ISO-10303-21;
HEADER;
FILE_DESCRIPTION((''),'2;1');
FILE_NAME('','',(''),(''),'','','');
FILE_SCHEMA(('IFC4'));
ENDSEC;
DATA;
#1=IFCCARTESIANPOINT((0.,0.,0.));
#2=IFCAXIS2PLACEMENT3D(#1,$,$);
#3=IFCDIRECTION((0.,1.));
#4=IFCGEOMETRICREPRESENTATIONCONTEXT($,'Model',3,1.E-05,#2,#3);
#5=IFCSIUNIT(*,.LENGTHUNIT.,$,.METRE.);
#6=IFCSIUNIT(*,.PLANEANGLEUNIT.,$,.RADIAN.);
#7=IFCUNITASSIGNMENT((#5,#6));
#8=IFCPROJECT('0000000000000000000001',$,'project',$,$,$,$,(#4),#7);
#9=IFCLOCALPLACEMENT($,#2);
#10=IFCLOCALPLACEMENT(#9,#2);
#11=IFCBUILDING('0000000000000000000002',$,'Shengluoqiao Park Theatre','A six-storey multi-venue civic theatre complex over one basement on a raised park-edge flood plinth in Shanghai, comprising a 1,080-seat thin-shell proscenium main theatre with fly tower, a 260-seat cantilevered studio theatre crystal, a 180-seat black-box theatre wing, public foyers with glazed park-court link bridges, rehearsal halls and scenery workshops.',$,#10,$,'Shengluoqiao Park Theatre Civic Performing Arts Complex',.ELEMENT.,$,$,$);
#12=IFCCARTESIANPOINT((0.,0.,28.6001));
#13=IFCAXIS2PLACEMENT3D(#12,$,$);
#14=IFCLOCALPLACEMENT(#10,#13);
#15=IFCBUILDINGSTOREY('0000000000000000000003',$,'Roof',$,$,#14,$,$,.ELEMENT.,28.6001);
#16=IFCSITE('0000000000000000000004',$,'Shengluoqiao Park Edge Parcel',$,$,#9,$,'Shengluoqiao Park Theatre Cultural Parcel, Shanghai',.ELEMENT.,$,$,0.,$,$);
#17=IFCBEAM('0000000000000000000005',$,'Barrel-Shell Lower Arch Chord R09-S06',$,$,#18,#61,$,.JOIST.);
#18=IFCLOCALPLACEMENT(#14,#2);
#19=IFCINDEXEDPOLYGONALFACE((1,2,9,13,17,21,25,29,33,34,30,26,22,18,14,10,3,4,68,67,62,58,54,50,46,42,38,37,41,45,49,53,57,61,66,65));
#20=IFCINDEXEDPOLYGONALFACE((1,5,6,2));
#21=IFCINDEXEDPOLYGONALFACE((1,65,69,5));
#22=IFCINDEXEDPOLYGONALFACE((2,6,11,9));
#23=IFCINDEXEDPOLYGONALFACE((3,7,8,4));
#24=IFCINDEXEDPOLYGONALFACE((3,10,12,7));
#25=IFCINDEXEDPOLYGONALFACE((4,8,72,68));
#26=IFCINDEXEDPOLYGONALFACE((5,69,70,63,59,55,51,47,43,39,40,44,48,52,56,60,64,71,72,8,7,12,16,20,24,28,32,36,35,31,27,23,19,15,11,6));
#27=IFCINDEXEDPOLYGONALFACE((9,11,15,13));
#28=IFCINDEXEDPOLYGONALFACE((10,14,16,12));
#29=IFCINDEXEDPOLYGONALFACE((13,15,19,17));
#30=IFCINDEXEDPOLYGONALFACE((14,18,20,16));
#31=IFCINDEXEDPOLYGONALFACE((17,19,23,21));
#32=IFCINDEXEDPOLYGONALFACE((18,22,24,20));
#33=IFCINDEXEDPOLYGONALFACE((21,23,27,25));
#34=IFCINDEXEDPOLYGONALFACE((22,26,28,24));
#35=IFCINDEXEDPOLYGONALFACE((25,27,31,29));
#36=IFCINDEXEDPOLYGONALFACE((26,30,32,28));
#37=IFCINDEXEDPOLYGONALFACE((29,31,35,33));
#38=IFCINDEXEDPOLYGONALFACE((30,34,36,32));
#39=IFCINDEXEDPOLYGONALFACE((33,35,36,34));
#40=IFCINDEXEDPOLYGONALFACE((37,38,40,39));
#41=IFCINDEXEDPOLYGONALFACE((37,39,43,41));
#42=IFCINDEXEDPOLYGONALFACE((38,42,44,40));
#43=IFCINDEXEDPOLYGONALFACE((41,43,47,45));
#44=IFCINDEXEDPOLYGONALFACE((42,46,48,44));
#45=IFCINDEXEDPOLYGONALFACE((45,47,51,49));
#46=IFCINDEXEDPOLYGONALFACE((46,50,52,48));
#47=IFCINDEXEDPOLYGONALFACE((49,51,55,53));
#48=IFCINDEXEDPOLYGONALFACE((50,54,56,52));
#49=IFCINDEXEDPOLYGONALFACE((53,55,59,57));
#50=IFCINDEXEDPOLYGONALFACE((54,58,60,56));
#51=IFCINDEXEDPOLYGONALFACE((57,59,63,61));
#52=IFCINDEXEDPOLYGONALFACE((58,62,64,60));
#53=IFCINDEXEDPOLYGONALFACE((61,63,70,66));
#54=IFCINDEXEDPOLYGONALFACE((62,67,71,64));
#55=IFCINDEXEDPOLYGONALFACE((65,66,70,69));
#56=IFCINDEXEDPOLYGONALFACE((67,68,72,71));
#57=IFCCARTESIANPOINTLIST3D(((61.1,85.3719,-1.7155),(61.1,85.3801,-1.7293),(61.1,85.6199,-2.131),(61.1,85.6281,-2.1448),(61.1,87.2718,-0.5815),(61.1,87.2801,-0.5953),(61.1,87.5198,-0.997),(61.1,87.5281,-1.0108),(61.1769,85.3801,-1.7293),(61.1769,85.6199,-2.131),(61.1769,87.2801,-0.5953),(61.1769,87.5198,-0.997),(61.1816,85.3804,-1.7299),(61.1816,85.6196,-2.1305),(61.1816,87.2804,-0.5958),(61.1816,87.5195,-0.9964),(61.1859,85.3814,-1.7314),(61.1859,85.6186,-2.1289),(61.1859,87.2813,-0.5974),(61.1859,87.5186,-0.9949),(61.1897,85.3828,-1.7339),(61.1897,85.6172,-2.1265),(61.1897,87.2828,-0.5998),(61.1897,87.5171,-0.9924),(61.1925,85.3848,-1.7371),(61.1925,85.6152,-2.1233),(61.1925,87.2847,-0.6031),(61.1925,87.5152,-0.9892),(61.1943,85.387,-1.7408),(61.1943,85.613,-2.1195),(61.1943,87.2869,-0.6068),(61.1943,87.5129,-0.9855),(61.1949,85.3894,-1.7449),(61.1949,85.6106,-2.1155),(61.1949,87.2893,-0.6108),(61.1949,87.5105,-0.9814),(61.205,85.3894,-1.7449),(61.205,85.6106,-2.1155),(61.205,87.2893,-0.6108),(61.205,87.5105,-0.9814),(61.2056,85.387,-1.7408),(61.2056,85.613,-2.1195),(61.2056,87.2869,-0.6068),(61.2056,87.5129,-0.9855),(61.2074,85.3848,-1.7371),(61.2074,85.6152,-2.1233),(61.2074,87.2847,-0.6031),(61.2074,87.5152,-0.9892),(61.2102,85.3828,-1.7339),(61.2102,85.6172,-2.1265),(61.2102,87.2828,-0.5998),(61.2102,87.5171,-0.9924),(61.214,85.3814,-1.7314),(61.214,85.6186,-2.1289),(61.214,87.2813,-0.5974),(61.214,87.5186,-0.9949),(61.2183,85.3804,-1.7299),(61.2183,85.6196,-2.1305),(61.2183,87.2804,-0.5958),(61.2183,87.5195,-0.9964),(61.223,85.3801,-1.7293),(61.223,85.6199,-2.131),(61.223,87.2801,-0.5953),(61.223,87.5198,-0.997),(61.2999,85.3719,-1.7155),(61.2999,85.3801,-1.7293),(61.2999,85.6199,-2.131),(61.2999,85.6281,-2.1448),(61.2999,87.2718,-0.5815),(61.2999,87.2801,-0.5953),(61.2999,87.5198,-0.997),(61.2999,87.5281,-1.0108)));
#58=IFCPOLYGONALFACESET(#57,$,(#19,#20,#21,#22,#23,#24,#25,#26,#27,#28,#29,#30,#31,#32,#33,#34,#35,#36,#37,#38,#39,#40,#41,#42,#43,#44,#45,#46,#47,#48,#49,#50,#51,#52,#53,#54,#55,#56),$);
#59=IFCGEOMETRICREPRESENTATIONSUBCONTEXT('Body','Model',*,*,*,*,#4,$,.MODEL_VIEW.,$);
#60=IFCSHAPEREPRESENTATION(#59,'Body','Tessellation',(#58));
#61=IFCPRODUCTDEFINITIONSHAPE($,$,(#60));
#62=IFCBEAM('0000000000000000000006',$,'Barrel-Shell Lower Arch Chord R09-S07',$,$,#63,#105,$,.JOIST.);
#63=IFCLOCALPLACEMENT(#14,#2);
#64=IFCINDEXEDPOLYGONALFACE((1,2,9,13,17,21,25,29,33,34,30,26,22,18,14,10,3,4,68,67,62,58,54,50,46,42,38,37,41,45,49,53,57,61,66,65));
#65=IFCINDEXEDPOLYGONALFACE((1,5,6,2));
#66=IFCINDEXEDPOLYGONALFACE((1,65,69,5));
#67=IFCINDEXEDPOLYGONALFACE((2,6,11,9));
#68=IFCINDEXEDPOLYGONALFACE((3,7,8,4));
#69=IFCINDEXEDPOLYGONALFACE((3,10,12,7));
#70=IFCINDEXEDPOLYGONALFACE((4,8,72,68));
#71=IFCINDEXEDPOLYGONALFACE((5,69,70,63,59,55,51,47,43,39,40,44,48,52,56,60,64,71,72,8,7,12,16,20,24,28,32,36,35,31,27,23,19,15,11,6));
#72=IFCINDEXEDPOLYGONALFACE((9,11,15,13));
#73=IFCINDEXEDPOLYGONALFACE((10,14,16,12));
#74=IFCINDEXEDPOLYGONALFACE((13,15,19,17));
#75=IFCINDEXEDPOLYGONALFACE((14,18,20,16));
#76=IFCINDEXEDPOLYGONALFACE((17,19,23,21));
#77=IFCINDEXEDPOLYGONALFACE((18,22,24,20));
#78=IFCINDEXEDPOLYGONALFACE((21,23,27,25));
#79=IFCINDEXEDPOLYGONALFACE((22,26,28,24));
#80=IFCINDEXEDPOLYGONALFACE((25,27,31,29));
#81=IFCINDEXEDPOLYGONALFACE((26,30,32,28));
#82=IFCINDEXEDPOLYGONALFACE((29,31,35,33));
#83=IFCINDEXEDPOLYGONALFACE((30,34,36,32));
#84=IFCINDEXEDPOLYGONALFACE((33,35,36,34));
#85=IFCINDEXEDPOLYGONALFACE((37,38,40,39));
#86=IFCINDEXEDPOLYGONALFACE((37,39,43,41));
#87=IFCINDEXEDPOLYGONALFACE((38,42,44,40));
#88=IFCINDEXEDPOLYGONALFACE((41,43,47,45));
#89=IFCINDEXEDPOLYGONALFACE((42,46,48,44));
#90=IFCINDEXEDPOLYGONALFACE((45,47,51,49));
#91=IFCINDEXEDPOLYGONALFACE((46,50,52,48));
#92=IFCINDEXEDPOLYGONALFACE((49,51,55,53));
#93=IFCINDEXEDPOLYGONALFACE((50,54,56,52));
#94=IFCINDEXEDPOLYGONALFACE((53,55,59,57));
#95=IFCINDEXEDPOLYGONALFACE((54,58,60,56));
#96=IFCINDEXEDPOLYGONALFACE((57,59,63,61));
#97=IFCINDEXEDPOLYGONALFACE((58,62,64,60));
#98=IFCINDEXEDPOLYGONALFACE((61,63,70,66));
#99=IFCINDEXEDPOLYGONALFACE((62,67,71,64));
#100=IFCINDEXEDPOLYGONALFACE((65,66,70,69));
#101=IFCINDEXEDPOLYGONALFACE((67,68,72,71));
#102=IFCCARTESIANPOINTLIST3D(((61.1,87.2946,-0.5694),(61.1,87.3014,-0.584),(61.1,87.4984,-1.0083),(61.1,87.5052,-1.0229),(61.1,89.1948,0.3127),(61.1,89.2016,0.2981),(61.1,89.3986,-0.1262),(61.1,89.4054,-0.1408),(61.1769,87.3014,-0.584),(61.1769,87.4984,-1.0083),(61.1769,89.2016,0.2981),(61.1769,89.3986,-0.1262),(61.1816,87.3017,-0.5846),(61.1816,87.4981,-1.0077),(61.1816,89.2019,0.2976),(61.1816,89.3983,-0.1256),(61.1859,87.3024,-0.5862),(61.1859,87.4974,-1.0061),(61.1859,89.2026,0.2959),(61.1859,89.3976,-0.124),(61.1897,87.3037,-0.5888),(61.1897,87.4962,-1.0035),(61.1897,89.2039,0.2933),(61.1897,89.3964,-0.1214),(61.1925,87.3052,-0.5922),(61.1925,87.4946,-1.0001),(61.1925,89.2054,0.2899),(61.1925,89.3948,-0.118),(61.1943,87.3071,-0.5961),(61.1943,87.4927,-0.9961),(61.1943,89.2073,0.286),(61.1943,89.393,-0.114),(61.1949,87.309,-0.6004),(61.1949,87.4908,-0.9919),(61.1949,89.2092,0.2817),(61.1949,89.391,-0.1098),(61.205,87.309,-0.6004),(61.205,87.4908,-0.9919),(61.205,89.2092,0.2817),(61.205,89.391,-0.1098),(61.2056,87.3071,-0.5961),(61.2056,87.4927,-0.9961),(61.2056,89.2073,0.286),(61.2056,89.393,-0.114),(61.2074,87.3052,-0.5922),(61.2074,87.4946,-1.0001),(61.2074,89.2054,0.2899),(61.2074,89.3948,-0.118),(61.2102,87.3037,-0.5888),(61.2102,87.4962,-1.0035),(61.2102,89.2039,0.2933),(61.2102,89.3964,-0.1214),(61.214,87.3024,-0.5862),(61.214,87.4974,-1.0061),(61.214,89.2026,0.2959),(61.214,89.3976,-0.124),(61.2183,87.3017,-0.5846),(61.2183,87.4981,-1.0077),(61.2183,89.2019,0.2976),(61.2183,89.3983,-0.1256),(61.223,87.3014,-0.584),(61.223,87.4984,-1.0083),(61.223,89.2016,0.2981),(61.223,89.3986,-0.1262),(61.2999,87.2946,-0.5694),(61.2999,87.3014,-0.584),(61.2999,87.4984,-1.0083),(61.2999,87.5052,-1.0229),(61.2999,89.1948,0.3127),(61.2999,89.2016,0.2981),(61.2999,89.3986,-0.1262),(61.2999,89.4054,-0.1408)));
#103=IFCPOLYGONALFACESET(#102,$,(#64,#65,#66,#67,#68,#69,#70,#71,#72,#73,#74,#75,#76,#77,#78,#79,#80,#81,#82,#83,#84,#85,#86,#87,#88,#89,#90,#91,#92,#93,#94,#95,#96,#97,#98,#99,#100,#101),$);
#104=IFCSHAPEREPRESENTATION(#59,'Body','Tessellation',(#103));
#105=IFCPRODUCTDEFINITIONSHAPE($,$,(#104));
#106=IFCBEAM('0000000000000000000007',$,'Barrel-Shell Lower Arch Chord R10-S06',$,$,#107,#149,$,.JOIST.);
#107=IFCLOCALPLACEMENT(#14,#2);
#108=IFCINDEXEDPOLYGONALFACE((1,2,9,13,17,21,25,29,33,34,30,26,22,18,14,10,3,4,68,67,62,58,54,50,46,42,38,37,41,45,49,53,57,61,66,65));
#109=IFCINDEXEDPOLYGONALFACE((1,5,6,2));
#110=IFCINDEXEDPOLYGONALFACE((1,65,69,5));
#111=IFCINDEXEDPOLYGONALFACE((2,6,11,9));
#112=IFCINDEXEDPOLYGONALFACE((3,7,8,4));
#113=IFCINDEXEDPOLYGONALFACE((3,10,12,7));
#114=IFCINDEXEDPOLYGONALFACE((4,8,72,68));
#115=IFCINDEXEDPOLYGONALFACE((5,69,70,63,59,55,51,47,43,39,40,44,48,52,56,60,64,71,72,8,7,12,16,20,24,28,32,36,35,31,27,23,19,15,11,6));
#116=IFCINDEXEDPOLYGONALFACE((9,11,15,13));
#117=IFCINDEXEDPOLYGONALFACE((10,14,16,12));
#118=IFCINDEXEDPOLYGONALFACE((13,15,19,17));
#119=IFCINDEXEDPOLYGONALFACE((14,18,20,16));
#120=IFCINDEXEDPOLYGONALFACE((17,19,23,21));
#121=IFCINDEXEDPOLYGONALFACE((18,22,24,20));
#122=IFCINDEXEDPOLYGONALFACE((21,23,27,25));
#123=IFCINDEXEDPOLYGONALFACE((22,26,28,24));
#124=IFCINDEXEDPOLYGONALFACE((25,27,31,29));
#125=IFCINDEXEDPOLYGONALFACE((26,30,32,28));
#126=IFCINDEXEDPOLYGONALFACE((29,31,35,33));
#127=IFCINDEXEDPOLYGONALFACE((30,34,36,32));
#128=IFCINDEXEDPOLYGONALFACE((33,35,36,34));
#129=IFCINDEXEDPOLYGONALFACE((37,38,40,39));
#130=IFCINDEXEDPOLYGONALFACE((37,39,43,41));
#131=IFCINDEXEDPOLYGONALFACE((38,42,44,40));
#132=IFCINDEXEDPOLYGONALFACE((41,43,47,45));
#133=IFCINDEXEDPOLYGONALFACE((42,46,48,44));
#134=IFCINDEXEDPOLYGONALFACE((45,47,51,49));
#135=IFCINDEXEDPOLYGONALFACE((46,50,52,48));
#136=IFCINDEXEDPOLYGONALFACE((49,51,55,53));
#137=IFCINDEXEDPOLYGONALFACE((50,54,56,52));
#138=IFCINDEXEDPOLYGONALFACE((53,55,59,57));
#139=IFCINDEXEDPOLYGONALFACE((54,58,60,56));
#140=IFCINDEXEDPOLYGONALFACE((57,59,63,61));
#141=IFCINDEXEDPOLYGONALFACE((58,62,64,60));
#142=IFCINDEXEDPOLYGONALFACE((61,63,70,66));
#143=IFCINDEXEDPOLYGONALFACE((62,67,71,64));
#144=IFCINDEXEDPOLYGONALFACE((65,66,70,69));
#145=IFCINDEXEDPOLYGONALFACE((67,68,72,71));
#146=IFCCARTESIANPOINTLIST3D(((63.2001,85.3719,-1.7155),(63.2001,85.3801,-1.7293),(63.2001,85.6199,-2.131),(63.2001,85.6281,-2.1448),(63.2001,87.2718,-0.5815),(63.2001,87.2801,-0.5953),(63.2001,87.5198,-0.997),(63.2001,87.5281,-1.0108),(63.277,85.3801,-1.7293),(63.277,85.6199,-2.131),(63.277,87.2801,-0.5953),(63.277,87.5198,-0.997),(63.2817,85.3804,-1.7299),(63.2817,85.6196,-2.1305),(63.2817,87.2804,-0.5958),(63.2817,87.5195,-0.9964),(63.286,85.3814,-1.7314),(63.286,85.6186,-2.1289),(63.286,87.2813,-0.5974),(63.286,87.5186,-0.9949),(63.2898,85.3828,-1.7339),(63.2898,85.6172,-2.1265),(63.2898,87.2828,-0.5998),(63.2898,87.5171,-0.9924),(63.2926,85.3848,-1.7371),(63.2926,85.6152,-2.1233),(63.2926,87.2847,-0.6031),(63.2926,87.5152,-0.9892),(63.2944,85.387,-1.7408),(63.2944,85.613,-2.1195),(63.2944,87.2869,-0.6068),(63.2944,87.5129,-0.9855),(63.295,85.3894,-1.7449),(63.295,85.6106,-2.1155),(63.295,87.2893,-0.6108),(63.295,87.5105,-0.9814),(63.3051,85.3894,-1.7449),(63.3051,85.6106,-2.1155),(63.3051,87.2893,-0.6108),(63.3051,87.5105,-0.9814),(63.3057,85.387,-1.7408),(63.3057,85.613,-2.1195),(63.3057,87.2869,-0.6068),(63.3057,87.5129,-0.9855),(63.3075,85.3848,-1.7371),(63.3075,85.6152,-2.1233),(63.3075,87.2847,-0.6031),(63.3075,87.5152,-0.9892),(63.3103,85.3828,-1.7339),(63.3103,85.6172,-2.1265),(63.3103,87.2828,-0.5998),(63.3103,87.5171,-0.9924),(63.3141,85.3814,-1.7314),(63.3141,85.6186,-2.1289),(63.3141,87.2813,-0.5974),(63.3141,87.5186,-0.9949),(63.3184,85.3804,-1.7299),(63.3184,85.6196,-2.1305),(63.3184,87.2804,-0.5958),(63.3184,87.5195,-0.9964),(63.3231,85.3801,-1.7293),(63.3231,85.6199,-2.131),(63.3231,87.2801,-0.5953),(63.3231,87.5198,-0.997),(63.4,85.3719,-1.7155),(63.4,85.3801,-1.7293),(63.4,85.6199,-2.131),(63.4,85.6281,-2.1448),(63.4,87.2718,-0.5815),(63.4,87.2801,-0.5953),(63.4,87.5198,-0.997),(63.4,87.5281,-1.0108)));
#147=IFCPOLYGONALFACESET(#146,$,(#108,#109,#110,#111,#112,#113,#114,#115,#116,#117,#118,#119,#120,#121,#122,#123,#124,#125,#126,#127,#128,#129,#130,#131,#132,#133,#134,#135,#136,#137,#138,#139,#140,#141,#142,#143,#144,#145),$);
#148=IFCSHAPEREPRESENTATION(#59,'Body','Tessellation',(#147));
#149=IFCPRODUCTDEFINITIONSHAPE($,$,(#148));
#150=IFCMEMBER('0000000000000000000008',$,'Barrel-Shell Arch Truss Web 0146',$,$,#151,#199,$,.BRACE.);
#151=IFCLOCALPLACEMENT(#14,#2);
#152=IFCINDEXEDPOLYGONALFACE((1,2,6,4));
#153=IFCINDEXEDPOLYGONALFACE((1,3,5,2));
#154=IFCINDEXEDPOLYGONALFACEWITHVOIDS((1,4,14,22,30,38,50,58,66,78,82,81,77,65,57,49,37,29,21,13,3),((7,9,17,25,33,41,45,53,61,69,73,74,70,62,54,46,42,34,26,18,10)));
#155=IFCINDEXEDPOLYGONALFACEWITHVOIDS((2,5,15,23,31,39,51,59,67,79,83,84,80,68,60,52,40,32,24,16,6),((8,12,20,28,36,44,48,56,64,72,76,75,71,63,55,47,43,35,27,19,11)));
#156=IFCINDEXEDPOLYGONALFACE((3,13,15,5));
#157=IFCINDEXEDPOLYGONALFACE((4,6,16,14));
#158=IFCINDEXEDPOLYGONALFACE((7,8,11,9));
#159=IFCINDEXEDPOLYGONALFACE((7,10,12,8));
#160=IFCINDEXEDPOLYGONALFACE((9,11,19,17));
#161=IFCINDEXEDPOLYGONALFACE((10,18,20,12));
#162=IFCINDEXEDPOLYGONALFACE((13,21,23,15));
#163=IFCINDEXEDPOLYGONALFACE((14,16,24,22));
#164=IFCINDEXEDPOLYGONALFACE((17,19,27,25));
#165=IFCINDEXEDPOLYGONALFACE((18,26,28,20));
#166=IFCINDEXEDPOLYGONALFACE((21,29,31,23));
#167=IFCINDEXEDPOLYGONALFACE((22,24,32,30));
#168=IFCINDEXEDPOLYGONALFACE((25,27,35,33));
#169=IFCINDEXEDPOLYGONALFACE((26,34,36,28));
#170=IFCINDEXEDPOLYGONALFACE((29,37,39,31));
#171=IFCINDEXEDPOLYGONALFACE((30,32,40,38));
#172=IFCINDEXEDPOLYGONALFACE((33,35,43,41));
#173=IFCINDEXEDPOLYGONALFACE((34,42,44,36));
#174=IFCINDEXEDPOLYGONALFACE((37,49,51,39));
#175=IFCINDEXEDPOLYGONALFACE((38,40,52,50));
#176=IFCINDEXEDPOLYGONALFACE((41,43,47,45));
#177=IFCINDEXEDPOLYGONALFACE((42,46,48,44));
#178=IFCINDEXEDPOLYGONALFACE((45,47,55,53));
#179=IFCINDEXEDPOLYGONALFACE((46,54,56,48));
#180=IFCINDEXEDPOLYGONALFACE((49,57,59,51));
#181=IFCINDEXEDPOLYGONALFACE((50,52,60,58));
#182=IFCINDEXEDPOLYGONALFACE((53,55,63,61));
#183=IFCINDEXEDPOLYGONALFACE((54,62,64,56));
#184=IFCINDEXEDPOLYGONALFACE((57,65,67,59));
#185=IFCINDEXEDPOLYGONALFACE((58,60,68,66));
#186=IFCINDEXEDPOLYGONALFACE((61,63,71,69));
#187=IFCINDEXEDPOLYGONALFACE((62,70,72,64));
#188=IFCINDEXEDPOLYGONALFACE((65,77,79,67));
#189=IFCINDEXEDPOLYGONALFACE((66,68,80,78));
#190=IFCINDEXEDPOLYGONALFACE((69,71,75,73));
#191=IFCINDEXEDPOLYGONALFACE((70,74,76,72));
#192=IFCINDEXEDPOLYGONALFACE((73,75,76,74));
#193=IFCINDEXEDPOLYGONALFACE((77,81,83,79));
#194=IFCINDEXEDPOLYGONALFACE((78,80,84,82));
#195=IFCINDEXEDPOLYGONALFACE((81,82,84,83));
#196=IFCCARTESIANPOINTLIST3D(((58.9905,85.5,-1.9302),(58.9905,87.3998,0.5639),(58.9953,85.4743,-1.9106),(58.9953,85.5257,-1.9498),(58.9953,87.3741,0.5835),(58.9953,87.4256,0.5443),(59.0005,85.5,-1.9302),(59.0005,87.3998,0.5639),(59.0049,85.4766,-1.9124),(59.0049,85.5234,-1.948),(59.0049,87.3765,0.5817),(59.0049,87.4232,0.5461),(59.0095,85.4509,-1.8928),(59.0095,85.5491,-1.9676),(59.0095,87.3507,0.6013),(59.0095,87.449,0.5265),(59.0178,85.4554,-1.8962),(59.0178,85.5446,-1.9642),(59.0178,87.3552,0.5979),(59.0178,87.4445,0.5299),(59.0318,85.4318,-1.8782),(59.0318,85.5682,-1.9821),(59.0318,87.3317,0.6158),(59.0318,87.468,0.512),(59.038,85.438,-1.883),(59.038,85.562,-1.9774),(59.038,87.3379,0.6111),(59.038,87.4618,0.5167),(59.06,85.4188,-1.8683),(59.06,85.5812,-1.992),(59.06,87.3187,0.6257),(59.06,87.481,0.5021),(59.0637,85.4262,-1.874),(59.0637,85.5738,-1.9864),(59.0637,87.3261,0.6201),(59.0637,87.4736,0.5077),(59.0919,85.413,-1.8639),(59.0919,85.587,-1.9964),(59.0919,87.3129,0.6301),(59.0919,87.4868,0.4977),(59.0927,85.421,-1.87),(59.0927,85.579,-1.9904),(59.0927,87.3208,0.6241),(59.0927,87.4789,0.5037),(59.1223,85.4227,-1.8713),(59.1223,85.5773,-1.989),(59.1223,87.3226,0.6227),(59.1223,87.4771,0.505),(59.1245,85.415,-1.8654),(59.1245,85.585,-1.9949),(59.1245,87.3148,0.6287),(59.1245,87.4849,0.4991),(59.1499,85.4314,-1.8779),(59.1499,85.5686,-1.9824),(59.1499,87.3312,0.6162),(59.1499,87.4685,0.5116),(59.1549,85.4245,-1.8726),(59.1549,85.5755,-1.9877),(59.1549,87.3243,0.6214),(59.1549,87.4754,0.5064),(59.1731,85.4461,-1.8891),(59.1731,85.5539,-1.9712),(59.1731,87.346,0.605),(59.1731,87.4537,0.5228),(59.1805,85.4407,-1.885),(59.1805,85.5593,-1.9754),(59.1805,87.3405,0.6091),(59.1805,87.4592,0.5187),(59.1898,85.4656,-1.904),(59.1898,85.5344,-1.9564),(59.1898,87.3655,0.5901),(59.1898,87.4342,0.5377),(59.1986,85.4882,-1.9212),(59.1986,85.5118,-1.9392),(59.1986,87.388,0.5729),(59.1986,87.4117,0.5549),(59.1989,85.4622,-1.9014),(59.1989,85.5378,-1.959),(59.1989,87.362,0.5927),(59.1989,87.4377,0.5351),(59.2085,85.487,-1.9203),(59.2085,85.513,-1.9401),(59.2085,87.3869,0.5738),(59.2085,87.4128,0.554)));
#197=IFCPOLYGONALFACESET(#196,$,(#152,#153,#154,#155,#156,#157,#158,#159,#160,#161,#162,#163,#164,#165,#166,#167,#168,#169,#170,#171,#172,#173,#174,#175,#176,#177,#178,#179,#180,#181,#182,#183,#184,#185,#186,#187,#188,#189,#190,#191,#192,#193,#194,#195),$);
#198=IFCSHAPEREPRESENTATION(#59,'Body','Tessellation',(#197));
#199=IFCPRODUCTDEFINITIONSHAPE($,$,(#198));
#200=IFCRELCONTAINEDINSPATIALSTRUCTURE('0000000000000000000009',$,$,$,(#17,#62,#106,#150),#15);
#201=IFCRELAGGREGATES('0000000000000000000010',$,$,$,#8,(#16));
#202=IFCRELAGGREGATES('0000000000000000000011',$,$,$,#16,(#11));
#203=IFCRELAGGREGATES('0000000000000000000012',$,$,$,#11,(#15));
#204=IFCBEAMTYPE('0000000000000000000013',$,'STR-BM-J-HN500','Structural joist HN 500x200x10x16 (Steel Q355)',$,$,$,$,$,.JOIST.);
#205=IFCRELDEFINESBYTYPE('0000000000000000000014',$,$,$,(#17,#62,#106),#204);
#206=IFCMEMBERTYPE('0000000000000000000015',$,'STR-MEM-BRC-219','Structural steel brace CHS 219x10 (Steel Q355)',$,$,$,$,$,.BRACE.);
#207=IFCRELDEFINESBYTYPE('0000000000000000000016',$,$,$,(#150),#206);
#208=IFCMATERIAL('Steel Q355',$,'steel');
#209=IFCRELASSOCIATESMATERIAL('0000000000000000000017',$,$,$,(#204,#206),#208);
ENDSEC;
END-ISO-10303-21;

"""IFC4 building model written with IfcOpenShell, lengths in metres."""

from ifc_helpers import new_model, si_unit, direction, frame, origin, origin_2d, place, context, subcontext, project, spatial, hollow_circle, i_section, extrude, material, material_profile, profile_set, type_object, element, save


model = new_model("IFC4")

# Units and contexts
model_context = context("Model", 3, precision=1e-05, world=origin(), true_north=direction((0.0, 1.0)))
body_context = subcontext(model_context, "Body", "Model", "MODEL_VIEW")
ifc_project = project(units=[si_unit("LENGTHUNIT", "METRE"), si_unit("PLANEANGLEUNIT", "RADIAN")], contexts=[model_context])

# Site, building, storey
site_placement = place(None, origin())
site = spatial("IfcSite", under=ifc_project, at=site_placement, Name="Shengluoqiao Park Edge Parcel", LongName="Shengluoqiao Park Theatre Cultural Parcel, Shanghai", CompositionType="ELEMENT", RefElevation=0.0)
building_placement = place(site_placement, origin())
building = spatial("IfcBuilding", under=site, at=building_placement, Name="Shengluoqiao Park Theatre", Description="A six-storey multi-venue civic theatre complex over one basement on a raised park-edge flood plinth in Shanghai, comprising a 1,080-seat thin-shell proscenium main theatre with fly tower, a 260-seat cantilevered studio theatre crystal, a 180-seat black-box theatre wing, public foyers with glazed park-court link bridges, rehearsal halls and scenery workshops.", LongName="Shengluoqiao Park Theatre Civic Performing Arts Complex", CompositionType="ELEMENT")
storey_placement = place(building_placement, frame((0.0, 0.0, 28.6001)))
storey = spatial("IfcBuildingStorey", under=building, at=storey_placement, Name="Roof", CompositionType="ELEMENT", Elevation=28.6001)

# Beams
ifc_material_1 = material(Name="Steel Q355", Category="steel")
ifc_material_profile_1 = material_profile(ifc_material_1, i_section(OverallWidth=0.2, OverallDepth=0.5, WebThickness=0.01, FlangeThickness=0.0161, FilletRadius=0.0181, at=origin_2d()), Name="HN 500x200x10x16")
ifc_profile_set_1 = profile_set([ifc_material_profile_1], Name="Steel Q355")
beam_type_1 = type_object("IfcBeamType", Name="STR-BM-J-HN500", Description="Structural joist HN 500x200x10x16 (Steel Q355)", PredefinedType="JOIST", material=ifc_profile_set_1)
beam_1_placement = place(storey_placement, frame((61.2, 85.5, -1.9302), z_axis=(0.0, 0.858669, 0.512531), x_axis=(-1.0, 0.0, 0.0)))
element("IfcBeam", 1, at=beam_1_placement, inside=storey, type_object=beam_type_1, Name="Barrel-Shell Lower Arch Chord R09-S06", PredefinedType="JOIST", context=body_context, shape_type="SweptSolid", body=[
    extrude(i_section(OverallWidth=0.2, OverallDepth=0.5, WebThickness=0.01, FlangeThickness=0.0161, FilletRadius=0.0181, at=origin_2d()), origin(), (0.0, 0.0, 1.0), 2.2126),
])
beam_2_placement = place(storey_placement, frame((61.2, 87.3999, -0.7961), z_axis=(0.0, 0.907033, 0.42106), x_axis=(-1.0, 0.0, 0.0)))
element("IfcBeam", 2, at=beam_2_placement, inside=storey, type_object=beam_type_1, Name="Barrel-Shell Lower Arch Chord R09-S07", PredefinedType="JOIST", context=body_context, shape_type="SweptSolid", body=[
    extrude(i_section(OverallWidth=0.2, OverallDepth=0.5, WebThickness=0.01, FlangeThickness=0.0161, FilletRadius=0.0181, at=origin_2d()), origin(), (0.0, 0.0, 1.0), 2.095),
])
beam_3_placement = place(storey_placement, frame((63.3, 85.5, -1.9302), z_axis=(0.0, 0.858669, 0.512531), x_axis=(-1.0, 0.0, 0.0)))
element("IfcBeam", 3, at=beam_3_placement, inside=storey, type_object=beam_type_1, Name="Barrel-Shell Lower Arch Chord R10-S06", PredefinedType="JOIST", context=body_context, shape_type="SweptSolid", body=[
    extrude(i_section(OverallWidth=0.2, OverallDepth=0.5, WebThickness=0.01, FlangeThickness=0.0161, FilletRadius=0.0181, at=origin_2d()), origin(), (0.0, 0.0, 1.0), 2.2126),
])

# Member
ifc_material_profile_2 = material_profile(ifc_material_1, hollow_circle(Radius=0.1096, WallThickness=0.01, at=origin_2d()), Name="CHS 219x10")
ifc_profile_set_2 = profile_set([ifc_material_profile_2], Name="Steel Q355")
member_type_1 = type_object("IfcMemberType", Name="STR-MEM-BRC-219", Description="Structural steel brace CHS 219x10 (Steel Q355)", PredefinedType="BRACE", material=ifc_profile_set_2)
for number, where, z_axis, x_axis, name in (
    (4, (59.1001, 85.5, -1.9302), (0.0, 0.605963, 0.795492), (-1.0, 0.0, 0.0), "Barrel-Shell Arch Truss Web 0146"),
):
    element("IfcMember", number, at=place(storey_placement, frame(where, z_axis=z_axis, x_axis=x_axis)), inside=storey, type_object=member_type_1, Name=name, PredefinedType="BRACE", context=body_context, shape_type="SweptSolid", body=[
        extrude(hollow_circle(Radius=0.1096, WallThickness=0.01, at=origin_2d()), origin(), (0.0, 0.0, 1.0), 3.1353),
    ])

save(model, "model.ifc")
